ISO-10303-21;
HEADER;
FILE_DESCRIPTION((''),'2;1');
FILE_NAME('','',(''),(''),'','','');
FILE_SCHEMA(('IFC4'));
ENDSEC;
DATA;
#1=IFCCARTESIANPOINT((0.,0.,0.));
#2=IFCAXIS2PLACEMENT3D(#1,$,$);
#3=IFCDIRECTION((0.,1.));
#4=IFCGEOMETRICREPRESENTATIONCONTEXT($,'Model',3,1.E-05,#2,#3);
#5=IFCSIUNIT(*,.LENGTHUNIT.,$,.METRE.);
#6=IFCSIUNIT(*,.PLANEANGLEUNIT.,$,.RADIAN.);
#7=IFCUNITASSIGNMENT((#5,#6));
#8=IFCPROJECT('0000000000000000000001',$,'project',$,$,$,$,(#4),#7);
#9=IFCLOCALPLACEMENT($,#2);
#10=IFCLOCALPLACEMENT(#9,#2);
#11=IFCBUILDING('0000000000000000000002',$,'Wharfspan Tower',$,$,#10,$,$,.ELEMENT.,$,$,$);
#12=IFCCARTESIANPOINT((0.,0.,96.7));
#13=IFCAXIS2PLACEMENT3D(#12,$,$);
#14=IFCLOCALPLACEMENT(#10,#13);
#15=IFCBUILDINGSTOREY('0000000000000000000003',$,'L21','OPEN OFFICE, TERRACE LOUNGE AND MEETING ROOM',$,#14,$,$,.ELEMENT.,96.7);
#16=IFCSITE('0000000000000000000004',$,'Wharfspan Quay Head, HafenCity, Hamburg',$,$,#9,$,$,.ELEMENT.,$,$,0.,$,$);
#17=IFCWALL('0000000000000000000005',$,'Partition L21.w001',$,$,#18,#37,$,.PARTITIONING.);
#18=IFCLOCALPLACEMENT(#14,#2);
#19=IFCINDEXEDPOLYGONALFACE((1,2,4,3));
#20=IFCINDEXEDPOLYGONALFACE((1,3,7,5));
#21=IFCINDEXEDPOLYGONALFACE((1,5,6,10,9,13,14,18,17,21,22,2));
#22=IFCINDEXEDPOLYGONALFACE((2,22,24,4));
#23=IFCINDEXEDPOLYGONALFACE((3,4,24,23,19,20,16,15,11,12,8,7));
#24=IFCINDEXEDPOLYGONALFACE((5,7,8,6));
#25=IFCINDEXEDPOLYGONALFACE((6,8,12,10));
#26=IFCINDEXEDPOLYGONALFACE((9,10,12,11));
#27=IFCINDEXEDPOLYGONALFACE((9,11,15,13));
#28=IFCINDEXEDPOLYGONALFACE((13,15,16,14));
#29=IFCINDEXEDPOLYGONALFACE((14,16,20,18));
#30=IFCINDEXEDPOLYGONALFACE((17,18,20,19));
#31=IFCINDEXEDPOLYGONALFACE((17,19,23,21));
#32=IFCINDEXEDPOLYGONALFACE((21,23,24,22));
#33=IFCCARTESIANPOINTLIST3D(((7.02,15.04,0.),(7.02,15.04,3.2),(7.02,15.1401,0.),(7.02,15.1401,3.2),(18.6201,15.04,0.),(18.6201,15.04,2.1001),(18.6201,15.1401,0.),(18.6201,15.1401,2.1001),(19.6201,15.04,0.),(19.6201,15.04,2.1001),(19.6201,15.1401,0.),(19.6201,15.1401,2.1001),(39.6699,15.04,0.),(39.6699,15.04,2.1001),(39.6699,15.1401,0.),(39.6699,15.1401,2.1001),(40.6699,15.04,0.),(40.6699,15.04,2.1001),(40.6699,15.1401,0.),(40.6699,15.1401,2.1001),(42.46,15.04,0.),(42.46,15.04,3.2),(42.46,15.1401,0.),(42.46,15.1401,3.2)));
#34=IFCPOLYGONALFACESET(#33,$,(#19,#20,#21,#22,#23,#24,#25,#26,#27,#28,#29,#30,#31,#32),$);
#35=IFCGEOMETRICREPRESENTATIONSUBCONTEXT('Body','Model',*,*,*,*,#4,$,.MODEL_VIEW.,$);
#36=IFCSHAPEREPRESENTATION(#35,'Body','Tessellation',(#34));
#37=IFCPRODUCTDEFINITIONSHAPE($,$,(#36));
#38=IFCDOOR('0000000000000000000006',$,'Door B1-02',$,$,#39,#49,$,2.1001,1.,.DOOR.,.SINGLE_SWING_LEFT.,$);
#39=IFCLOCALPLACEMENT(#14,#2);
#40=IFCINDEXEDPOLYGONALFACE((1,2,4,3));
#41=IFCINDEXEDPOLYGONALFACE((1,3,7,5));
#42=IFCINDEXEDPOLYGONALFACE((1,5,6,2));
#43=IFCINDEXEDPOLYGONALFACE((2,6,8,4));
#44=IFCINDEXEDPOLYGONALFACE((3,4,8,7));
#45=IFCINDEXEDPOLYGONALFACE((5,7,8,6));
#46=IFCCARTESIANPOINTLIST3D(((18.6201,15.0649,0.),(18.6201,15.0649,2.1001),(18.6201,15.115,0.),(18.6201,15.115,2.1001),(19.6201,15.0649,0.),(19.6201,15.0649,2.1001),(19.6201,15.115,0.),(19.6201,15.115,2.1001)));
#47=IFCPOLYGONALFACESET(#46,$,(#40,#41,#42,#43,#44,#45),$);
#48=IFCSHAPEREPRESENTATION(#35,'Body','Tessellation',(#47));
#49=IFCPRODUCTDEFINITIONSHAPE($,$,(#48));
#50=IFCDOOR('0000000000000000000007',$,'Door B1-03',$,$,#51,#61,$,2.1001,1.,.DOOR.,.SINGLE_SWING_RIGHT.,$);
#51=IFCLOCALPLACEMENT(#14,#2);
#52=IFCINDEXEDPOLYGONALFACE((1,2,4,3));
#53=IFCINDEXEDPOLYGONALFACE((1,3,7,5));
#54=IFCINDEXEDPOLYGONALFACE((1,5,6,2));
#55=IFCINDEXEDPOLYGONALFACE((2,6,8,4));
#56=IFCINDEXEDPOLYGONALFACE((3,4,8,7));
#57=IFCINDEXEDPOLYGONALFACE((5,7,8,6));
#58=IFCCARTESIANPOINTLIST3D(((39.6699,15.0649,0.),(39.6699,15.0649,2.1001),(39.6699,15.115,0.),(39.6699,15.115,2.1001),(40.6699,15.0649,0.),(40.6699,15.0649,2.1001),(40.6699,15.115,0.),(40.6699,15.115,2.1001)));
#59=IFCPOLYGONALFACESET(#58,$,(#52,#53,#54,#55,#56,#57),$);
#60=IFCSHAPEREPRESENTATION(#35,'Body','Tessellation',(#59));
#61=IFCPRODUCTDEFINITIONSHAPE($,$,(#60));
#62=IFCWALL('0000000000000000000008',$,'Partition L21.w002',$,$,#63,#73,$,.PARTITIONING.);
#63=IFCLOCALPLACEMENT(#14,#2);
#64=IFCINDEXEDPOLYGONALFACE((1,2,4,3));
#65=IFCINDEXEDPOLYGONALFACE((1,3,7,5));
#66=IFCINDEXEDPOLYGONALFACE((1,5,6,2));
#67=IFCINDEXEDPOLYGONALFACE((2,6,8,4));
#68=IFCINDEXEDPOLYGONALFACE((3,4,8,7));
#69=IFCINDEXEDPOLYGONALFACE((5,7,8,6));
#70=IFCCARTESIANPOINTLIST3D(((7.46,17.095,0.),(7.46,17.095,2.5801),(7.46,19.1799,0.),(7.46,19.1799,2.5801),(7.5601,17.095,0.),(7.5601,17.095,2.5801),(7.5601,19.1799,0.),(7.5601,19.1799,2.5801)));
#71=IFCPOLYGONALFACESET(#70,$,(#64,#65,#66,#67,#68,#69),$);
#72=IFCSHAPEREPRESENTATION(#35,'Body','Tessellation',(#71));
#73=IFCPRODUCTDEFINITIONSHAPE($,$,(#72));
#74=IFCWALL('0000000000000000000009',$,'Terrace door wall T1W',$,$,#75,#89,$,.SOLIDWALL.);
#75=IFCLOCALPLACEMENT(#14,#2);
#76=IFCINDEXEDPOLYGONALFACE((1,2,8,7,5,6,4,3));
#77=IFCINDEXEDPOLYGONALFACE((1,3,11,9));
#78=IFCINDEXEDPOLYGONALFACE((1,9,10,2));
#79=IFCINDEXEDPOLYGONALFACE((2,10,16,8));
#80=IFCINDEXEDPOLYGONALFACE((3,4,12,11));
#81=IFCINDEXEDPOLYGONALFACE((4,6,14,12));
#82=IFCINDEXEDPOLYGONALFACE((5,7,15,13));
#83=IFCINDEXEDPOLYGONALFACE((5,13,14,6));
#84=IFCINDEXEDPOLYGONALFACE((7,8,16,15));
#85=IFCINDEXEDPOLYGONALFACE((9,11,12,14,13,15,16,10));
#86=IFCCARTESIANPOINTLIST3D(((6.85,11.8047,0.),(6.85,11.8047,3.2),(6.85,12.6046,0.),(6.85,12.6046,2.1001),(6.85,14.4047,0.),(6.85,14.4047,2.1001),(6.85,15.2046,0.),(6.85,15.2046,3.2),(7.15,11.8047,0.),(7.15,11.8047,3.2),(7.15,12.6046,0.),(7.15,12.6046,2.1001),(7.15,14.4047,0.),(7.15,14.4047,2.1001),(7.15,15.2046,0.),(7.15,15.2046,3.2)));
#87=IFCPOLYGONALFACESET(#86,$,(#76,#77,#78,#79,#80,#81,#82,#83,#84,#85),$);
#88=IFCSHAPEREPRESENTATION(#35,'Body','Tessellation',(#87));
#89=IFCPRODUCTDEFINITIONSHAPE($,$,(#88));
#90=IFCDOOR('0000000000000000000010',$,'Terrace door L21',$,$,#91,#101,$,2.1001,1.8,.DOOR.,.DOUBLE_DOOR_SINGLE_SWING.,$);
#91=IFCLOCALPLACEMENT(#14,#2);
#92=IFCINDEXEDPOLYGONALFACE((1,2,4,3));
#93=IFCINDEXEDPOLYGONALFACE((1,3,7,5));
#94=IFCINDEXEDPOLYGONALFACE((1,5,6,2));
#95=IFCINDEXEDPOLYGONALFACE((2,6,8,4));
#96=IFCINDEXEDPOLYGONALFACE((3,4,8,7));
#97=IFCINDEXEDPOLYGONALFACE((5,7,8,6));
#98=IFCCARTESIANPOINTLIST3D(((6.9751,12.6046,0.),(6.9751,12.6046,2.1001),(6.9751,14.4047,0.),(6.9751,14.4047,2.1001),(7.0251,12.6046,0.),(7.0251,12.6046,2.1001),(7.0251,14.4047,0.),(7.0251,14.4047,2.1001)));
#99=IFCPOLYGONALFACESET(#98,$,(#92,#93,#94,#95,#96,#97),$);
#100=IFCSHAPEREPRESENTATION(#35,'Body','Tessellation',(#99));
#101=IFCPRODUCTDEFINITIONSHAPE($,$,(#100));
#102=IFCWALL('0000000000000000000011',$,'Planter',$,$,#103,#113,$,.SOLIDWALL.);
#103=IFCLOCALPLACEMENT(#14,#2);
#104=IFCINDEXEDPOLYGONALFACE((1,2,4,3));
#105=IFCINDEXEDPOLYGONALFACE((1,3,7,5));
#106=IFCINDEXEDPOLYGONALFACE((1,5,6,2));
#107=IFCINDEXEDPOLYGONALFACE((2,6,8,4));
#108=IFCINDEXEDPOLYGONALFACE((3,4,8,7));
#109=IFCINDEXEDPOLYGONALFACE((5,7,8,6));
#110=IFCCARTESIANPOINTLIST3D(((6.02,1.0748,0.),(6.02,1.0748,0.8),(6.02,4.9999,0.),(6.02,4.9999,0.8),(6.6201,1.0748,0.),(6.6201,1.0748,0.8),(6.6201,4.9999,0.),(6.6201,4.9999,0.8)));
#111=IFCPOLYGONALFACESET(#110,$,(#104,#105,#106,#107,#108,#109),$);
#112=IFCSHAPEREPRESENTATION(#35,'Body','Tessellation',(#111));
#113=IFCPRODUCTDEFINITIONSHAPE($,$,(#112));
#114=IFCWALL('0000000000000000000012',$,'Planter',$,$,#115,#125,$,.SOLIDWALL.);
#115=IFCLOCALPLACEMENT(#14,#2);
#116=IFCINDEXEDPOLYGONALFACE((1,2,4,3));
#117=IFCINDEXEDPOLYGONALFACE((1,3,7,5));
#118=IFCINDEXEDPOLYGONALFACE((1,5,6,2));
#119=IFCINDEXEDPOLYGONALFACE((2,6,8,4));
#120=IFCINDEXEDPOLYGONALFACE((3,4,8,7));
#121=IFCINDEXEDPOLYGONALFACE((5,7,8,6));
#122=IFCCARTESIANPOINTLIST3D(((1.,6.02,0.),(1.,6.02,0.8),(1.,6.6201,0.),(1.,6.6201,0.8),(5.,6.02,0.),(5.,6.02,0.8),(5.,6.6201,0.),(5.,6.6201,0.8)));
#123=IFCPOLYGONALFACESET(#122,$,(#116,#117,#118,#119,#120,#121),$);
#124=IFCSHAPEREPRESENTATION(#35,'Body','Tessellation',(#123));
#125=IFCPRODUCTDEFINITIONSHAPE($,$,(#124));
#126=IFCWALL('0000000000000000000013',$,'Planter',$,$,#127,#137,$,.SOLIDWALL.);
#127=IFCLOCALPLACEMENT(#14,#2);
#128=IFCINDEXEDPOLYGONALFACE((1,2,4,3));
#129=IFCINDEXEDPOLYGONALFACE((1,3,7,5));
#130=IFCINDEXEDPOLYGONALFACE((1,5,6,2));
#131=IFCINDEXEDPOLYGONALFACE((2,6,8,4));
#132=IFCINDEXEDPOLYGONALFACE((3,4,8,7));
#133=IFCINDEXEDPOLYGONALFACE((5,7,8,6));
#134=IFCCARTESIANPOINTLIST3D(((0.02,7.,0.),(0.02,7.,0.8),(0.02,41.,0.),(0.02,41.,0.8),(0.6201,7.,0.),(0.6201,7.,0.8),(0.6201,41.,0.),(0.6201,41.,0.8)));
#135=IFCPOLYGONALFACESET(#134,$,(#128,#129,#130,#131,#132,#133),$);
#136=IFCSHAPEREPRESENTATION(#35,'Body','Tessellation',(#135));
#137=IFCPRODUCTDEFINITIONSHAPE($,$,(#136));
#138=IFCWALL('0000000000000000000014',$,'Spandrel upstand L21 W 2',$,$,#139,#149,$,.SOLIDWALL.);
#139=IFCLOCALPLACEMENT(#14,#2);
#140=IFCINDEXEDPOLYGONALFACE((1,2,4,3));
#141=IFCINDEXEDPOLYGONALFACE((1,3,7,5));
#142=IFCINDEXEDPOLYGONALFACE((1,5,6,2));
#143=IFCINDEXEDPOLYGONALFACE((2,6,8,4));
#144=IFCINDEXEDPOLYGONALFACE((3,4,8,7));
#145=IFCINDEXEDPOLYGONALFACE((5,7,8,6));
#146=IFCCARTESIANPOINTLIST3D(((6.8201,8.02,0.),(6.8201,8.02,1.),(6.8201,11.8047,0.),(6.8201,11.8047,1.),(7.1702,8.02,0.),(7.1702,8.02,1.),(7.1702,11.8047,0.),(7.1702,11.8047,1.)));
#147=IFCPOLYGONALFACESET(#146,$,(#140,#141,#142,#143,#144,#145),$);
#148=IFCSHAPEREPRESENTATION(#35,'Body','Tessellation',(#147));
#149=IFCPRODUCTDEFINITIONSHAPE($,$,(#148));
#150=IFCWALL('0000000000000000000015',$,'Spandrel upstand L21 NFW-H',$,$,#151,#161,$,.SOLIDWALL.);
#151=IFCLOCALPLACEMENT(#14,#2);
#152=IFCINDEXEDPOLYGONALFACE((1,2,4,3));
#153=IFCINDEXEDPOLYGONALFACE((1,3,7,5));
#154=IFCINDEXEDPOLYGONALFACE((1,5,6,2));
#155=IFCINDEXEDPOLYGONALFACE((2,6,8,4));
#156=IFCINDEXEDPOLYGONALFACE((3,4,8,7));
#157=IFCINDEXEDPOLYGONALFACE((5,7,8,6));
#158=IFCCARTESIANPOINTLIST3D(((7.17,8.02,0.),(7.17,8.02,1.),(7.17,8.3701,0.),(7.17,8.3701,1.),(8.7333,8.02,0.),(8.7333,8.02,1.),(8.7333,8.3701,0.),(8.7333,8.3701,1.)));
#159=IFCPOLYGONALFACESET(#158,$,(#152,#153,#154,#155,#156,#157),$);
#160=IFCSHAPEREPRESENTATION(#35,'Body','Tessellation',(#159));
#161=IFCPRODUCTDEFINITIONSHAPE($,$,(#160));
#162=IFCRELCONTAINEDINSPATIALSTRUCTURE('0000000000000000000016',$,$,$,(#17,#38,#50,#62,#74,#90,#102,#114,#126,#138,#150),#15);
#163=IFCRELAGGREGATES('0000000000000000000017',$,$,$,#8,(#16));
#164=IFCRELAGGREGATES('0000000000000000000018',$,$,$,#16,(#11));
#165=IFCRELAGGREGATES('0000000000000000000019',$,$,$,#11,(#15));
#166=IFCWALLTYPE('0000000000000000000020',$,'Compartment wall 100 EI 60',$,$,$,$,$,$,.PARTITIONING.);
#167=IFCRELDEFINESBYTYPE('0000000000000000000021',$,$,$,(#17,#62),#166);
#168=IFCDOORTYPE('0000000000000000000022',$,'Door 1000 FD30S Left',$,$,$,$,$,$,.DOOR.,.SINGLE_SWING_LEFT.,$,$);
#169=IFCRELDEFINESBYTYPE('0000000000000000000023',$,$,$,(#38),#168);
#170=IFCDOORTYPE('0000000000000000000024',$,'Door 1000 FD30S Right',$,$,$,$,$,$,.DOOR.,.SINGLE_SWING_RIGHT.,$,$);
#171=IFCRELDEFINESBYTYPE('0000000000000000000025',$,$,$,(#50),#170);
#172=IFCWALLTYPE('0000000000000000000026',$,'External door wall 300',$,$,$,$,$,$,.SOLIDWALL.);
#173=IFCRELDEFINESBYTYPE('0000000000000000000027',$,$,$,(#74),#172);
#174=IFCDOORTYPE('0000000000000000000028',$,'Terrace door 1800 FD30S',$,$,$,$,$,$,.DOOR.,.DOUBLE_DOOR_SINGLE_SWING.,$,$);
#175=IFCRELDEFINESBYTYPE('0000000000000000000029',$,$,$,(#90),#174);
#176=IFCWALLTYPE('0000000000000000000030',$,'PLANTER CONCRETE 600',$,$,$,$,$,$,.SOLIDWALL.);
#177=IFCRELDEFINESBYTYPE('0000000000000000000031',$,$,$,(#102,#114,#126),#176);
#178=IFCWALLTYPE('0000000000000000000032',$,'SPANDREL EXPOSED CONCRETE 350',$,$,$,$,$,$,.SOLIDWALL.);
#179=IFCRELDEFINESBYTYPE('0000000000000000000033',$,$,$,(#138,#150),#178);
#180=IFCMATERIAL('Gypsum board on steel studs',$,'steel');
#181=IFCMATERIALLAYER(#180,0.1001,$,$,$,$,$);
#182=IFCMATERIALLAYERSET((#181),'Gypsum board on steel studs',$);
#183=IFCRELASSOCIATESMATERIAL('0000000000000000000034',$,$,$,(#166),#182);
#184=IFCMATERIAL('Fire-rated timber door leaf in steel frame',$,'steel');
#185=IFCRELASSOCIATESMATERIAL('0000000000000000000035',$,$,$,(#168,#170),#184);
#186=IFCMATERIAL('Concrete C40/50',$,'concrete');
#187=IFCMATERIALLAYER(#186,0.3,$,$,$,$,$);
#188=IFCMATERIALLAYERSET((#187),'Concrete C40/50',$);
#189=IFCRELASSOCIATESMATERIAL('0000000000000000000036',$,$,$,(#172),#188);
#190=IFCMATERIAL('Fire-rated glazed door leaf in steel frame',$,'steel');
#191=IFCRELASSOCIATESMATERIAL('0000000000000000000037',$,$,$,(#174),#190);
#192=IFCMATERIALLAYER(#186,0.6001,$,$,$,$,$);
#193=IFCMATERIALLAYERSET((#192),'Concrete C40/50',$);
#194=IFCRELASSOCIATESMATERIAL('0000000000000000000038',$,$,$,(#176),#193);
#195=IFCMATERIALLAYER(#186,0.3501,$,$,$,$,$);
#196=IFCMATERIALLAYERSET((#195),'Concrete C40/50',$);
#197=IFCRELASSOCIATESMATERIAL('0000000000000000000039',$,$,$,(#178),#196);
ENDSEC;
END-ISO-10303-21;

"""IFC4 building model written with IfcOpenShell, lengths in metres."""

from ifc_helpers import new_model, si_unit, direction, frame, frame_2d, origin, place, context, subcontext, project, spatial, rectangle, extrude, material, layer, layer_set, type_object, element, fill, save


model = new_model("IFC4")

# Units and contexts
model_context = context("Model", 3, precision=1e-05, world=origin(), true_north=direction((0.0, 1.0)))
body_context = subcontext(model_context, "Body", "Model", "MODEL_VIEW")
ifc_project = project(units=[si_unit("LENGTHUNIT", "METRE"), si_unit("PLANEANGLEUNIT", "RADIAN")], contexts=[model_context])

# Site, building, storey
site_placement = place(None, origin())
site = spatial("IfcSite", under=ifc_project, at=site_placement, Name="Wharfspan Quay Head, HafenCity, Hamburg", CompositionType="ELEMENT", RefElevation=0.0)
building_placement = place(site_placement, origin())
building = spatial("IfcBuilding", under=site, at=building_placement, Name="Wharfspan Tower", CompositionType="ELEMENT")
storey_placement = place(building_placement, frame((0.0, 0.0, 96.7)))
storey = spatial("IfcBuildingStorey", under=building, at=storey_placement, Name="L21", Description="OPEN OFFICE, TERRACE LOUNGE AND MEETING ROOM", CompositionType="ELEMENT", Elevation=96.7)

# Shared definitions
ifc_material_1 = material(Name="Concrete C40/50", Category="concrete")

# Wall, openings, doors
ifc_material_2 = material(Name="Gypsum board on steel studs", Category="steel")
ifc_layer_1 = layer(ifc_material_2, 0.1001)
ifc_layer_set_1 = layer_set([ifc_layer_1], Name="Gypsum board on steel studs")
wall_type_1 = type_object("IfcWallType", Name="Compartment wall 100 EI 60", PredefinedType="PARTITIONING", material=ifc_layer_set_1)
wall_1_placement = place(storey_placement, frame((7.02, 15.0901, 0.0), z_axis=(0.0, 0.0, 1.0), x_axis=(1.0, 0.0, 0.0)))
wall_1 = element("IfcWall", 1, at=wall_1_placement, inside=storey, type_object=wall_type_1, Name="Partition L21.w001", PredefinedType="PARTITIONING", context=body_context, shape_type="SweptSolid", body=[
    extrude(rectangle(XDim=35.4399, YDim=0.1001, at=frame_2d((17.72, 0.0))), origin(), (0.0, 0.0, 1.0), 3.2),
])
opening_1_placement = place(wall_1_placement, frame((11.6001, 0.0, 0.0)))
opening_1 = element("IfcOpeningElement", 2, at=opening_1_placement, cuts=wall_1, PredefinedType="OPENING", context=body_context, shape_type="SweptSolid", body=[
    extrude(rectangle(XDim=1.0, YDim=2.1001, at=frame_2d((0.5, 1.05))), frame((0.0, 0.0601, 0.0), z_axis=(0.0, -1.0, 0.0), x_axis=(1.0, 0.0, 0.0)), (0.0, 0.0, 1.0), 0.1201),
])
opening_2_placement = place(wall_1_placement, frame((32.6499, 0.0, 0.0)))
opening_2 = element("IfcOpeningElement", 3, at=opening_2_placement, cuts=wall_1, PredefinedType="OPENING", context=body_context, shape_type="SweptSolid", body=[
    extrude(rectangle(XDim=1.0, YDim=2.1001, at=frame_2d((0.5, 1.05))), frame((0.0, 0.0601, 0.0), z_axis=(0.0, -1.0, 0.0), x_axis=(1.0, 0.0, 0.0)), (0.0, 0.0, 1.0), 0.1201),
])
ifc_material_3 = material(Name="Fire-rated timber door leaf in steel frame", Category="steel")
door_type_1 = type_object("IfcDoorType", Name="Door 1000 FD30S Left", OperationType="SINGLE_SWING_LEFT", PredefinedType="DOOR", material=ifc_material_3)
door_1_placement = place(opening_1_placement, origin())
door_1 = element("IfcDoor", 4, at=door_1_placement, inside=storey, type_object=door_type_1, Name="Door B1-02", OperationType="SINGLE_SWING_LEFT", OverallHeight=2.1001, OverallWidth=1.0, PredefinedType="DOOR", context=body_context, shape_type="SweptSolid", body=[
    extrude(rectangle(XDim=1.0, YDim=2.1001, at=frame_2d((0.5, 1.05))), frame((0.0, 0.0249, 0.0), z_axis=(0.0, -1.0, 0.0), x_axis=(1.0, 0.0, 0.0)), (0.0, 0.0, 1.0), 0.05),
])
fill(opening_1, door_1)
door_type_2 = type_object("IfcDoorType", Name="Door 1000 FD30S Right", OperationType="SINGLE_SWING_RIGHT", PredefinedType="DOOR", material=ifc_material_3)
door_2_placement = place(opening_2_placement, origin())
door_2 = element("IfcDoor", 5, at=door_2_placement, inside=storey, type_object=door_type_2, Name="Door B1-03", OperationType="SINGLE_SWING_RIGHT", OverallHeight=2.1001, OverallWidth=1.0, PredefinedType="DOOR", context=body_context, shape_type="SweptSolid", body=[
    extrude(rectangle(XDim=1.0, YDim=2.1001, at=frame_2d((0.5, 1.05))), frame((0.0, 0.0249, 0.0), z_axis=(0.0, -1.0, 0.0), x_axis=(1.0, 0.0, 0.0)), (0.0, 0.0, 1.0), 0.05),
])
fill(opening_2, door_2)

# Wall
wall_2_placement = place(storey_placement, frame((7.51, 17.095, 0.0), z_axis=(0.0, 0.0, 1.0), x_axis=(0.0, 1.0, 0.0)))
element("IfcWall", 6, at=wall_2_placement, inside=storey, type_object=wall_type_1, Name="Partition L21.w002", PredefinedType="PARTITIONING", context=body_context, shape_type="SweptSolid", body=[
    extrude(rectangle(XDim=2.085, YDim=0.1001, at=frame_2d((1.0425, 0.0))), origin(), (0.0, 0.0, 1.0), 2.5801),
])

# Wall, opening, door
ifc_layer_2 = layer(ifc_material_1, 0.3)
ifc_layer_set_2 = layer_set([ifc_layer_2], Name="Concrete C40/50")
wall_type_2 = type_object("IfcWallType", Name="External door wall 300", PredefinedType="SOLIDWALL", material=ifc_layer_set_2)
wall_3_placement = place(storey_placement, frame((7.0, 11.8047, 0.0), z_axis=(0.0, 0.0, 1.0), x_axis=(0.0, 1.0, 0.0)))
wall_3 = element("IfcWall", 7, at=wall_3_placement, inside=storey, type_object=wall_type_2, Name="Terrace door wall T1W", PredefinedType="SOLIDWALL", context=body_context, shape_type="SweptSolid", body=[
    extrude(rectangle(XDim=3.3999, YDim=0.3, at=frame_2d((1.7, 0.0))), origin(), (0.0, 0.0, 1.0), 3.2),
])
opening_3_placement = place(wall_3_placement, frame((0.8, 0.0, 0.0)))
opening_3 = element("IfcOpeningElement", 8, at=opening_3_placement, cuts=wall_3, PredefinedType="OPENING", context=body_context, shape_type="SweptSolid", body=[
    extrude(rectangle(XDim=1.8, YDim=2.1001, at=frame_2d((0.8999, 1.05))), frame((0.0, 0.1599, 0.0), z_axis=(0.0, -1.0, 0.0), x_axis=(1.0, 0.0, 0.0)), (0.0, 0.0, 1.0), 0.3201),
])
ifc_material_4 = material(Name="Fire-rated glazed door leaf in steel frame", Category="steel")
door_type_3 = type_object("IfcDoorType", Name="Terrace door 1800 FD30S", OperationType="DOUBLE_DOOR_SINGLE_SWING", PredefinedType="DOOR", material=ifc_material_4)
door_3_placement = place(opening_3_placement, origin())
door_3 = element("IfcDoor", 9, at=door_3_placement, inside=storey, type_object=door_type_3, Name="Terrace door L21", OperationType="DOUBLE_DOOR_SINGLE_SWING", OverallHeight=2.1001, OverallWidth=1.8, PredefinedType="DOOR", context=body_context, shape_type="SweptSolid", body=[
    extrude(rectangle(XDim=1.8, YDim=2.1001, at=frame_2d((0.8999, 1.05))), frame((0.0, 0.0249, 0.0), z_axis=(0.0, -1.0, 0.0), x_axis=(1.0, 0.0, 0.0)), (0.0, 0.0, 1.0), 0.05),
])
fill(opening_3, door_3)

# Walls
ifc_layer_3 = layer(ifc_material_1, 0.6001)
ifc_layer_set_3 = layer_set([ifc_layer_3], Name="Concrete C40/50")
wall_type_3 = type_object("IfcWallType", Name="PLANTER CONCRETE 600", PredefinedType="SOLIDWALL", material=ifc_layer_set_3)
wall_4_placement = place(storey_placement, frame((6.3201, 1.075, 0.0), z_axis=(0.0, 0.0, 1.0), x_axis=(0.0, 1.0, 0.0)))
element("IfcWall", 10, at=wall_4_placement, inside=storey, type_object=wall_type_3, Name="Planter", PredefinedType="SOLIDWALL", context=body_context, shape_type="SweptSolid", body=[
    extrude(rectangle(XDim=3.925, YDim=0.6001, at=frame_2d((1.9624, 0.0))), origin(), (0.0, 0.0, 1.0), 0.8),
])
wall_5_placement = place(storey_placement, frame((5.0, 6.3201, 0.0), z_axis=(0.0, 0.0, 1.0), x_axis=(-1.0, 0.0, 0.0)))
element("IfcWall", 11, at=wall_5_placement, inside=storey, type_object=wall_type_3, Name="Planter", PredefinedType="SOLIDWALL", context=body_context, shape_type="SweptSolid", body=[
    extrude(rectangle(XDim=4.0, YDim=0.6001, at=frame_2d((2.0, 0.0))), origin(), (0.0, 0.0, 1.0), 0.8),
])
wall_6_placement = place(storey_placement, frame((0.3201, 7.0, 0.0), z_axis=(0.0, 0.0, 1.0), x_axis=(0.0, 1.0, 0.0)))
element("IfcWall", 12, at=wall_6_placement, inside=storey, type_object=wall_type_3, Name="Planter", PredefinedType="SOLIDWALL", context=body_context, shape_type="SweptSolid", body=[
    extrude(rectangle(XDim=34.0, YDim=0.6001, at=frame_2d((17.0, 0.0))), origin(), (0.0, 0.0, 1.0), 0.8),
])
ifc_layer_4 = layer(ifc_material_1, 0.3501)
ifc_layer_set_4 = layer_set([ifc_layer_4], Name="Concrete C40/50")
wall_type_4 = type_object("IfcWallType", Name="SPANDREL EXPOSED CONCRETE 350", PredefinedType="SOLIDWALL", material=ifc_layer_set_4)
wall_7_placement = place(storey_placement, frame((6.9951, 11.8047, 0.0), z_axis=(0.0, 0.0, 1.0), x_axis=(0.0, -1.0, 0.0)))
element("IfcWall", 13, at=wall_7_placement, inside=storey, type_object=wall_type_4, Name="Spandrel upstand L21 W 2", PredefinedType="SOLIDWALL", context=body_context, shape_type="SweptSolid", body=[
    extrude(rectangle(XDim=3.7847, YDim=0.3501, at=frame_2d((1.8923, 0.0))), origin(), (0.0, 0.0, 1.0), 1.0),
])
wall_8_placement = place(storey_placement, frame((7.1699, 8.1951, 0.0), z_axis=(0.0, 0.0, 1.0), x_axis=(1.0, 0.0, 0.0)))
element("IfcWall", 14, at=wall_8_placement, inside=storey, type_object=wall_type_4, Name="Spandrel upstand L21 NFW-H", PredefinedType="SOLIDWALL", context=body_context, shape_type="SweptSolid", body=[
    extrude(rectangle(XDim=1.5632, YDim=0.3501, at=frame_2d((0.7817, 0.0))), origin(), (0.0, 0.0, 1.0), 1.0),
])

save(model, "model.ifc")
